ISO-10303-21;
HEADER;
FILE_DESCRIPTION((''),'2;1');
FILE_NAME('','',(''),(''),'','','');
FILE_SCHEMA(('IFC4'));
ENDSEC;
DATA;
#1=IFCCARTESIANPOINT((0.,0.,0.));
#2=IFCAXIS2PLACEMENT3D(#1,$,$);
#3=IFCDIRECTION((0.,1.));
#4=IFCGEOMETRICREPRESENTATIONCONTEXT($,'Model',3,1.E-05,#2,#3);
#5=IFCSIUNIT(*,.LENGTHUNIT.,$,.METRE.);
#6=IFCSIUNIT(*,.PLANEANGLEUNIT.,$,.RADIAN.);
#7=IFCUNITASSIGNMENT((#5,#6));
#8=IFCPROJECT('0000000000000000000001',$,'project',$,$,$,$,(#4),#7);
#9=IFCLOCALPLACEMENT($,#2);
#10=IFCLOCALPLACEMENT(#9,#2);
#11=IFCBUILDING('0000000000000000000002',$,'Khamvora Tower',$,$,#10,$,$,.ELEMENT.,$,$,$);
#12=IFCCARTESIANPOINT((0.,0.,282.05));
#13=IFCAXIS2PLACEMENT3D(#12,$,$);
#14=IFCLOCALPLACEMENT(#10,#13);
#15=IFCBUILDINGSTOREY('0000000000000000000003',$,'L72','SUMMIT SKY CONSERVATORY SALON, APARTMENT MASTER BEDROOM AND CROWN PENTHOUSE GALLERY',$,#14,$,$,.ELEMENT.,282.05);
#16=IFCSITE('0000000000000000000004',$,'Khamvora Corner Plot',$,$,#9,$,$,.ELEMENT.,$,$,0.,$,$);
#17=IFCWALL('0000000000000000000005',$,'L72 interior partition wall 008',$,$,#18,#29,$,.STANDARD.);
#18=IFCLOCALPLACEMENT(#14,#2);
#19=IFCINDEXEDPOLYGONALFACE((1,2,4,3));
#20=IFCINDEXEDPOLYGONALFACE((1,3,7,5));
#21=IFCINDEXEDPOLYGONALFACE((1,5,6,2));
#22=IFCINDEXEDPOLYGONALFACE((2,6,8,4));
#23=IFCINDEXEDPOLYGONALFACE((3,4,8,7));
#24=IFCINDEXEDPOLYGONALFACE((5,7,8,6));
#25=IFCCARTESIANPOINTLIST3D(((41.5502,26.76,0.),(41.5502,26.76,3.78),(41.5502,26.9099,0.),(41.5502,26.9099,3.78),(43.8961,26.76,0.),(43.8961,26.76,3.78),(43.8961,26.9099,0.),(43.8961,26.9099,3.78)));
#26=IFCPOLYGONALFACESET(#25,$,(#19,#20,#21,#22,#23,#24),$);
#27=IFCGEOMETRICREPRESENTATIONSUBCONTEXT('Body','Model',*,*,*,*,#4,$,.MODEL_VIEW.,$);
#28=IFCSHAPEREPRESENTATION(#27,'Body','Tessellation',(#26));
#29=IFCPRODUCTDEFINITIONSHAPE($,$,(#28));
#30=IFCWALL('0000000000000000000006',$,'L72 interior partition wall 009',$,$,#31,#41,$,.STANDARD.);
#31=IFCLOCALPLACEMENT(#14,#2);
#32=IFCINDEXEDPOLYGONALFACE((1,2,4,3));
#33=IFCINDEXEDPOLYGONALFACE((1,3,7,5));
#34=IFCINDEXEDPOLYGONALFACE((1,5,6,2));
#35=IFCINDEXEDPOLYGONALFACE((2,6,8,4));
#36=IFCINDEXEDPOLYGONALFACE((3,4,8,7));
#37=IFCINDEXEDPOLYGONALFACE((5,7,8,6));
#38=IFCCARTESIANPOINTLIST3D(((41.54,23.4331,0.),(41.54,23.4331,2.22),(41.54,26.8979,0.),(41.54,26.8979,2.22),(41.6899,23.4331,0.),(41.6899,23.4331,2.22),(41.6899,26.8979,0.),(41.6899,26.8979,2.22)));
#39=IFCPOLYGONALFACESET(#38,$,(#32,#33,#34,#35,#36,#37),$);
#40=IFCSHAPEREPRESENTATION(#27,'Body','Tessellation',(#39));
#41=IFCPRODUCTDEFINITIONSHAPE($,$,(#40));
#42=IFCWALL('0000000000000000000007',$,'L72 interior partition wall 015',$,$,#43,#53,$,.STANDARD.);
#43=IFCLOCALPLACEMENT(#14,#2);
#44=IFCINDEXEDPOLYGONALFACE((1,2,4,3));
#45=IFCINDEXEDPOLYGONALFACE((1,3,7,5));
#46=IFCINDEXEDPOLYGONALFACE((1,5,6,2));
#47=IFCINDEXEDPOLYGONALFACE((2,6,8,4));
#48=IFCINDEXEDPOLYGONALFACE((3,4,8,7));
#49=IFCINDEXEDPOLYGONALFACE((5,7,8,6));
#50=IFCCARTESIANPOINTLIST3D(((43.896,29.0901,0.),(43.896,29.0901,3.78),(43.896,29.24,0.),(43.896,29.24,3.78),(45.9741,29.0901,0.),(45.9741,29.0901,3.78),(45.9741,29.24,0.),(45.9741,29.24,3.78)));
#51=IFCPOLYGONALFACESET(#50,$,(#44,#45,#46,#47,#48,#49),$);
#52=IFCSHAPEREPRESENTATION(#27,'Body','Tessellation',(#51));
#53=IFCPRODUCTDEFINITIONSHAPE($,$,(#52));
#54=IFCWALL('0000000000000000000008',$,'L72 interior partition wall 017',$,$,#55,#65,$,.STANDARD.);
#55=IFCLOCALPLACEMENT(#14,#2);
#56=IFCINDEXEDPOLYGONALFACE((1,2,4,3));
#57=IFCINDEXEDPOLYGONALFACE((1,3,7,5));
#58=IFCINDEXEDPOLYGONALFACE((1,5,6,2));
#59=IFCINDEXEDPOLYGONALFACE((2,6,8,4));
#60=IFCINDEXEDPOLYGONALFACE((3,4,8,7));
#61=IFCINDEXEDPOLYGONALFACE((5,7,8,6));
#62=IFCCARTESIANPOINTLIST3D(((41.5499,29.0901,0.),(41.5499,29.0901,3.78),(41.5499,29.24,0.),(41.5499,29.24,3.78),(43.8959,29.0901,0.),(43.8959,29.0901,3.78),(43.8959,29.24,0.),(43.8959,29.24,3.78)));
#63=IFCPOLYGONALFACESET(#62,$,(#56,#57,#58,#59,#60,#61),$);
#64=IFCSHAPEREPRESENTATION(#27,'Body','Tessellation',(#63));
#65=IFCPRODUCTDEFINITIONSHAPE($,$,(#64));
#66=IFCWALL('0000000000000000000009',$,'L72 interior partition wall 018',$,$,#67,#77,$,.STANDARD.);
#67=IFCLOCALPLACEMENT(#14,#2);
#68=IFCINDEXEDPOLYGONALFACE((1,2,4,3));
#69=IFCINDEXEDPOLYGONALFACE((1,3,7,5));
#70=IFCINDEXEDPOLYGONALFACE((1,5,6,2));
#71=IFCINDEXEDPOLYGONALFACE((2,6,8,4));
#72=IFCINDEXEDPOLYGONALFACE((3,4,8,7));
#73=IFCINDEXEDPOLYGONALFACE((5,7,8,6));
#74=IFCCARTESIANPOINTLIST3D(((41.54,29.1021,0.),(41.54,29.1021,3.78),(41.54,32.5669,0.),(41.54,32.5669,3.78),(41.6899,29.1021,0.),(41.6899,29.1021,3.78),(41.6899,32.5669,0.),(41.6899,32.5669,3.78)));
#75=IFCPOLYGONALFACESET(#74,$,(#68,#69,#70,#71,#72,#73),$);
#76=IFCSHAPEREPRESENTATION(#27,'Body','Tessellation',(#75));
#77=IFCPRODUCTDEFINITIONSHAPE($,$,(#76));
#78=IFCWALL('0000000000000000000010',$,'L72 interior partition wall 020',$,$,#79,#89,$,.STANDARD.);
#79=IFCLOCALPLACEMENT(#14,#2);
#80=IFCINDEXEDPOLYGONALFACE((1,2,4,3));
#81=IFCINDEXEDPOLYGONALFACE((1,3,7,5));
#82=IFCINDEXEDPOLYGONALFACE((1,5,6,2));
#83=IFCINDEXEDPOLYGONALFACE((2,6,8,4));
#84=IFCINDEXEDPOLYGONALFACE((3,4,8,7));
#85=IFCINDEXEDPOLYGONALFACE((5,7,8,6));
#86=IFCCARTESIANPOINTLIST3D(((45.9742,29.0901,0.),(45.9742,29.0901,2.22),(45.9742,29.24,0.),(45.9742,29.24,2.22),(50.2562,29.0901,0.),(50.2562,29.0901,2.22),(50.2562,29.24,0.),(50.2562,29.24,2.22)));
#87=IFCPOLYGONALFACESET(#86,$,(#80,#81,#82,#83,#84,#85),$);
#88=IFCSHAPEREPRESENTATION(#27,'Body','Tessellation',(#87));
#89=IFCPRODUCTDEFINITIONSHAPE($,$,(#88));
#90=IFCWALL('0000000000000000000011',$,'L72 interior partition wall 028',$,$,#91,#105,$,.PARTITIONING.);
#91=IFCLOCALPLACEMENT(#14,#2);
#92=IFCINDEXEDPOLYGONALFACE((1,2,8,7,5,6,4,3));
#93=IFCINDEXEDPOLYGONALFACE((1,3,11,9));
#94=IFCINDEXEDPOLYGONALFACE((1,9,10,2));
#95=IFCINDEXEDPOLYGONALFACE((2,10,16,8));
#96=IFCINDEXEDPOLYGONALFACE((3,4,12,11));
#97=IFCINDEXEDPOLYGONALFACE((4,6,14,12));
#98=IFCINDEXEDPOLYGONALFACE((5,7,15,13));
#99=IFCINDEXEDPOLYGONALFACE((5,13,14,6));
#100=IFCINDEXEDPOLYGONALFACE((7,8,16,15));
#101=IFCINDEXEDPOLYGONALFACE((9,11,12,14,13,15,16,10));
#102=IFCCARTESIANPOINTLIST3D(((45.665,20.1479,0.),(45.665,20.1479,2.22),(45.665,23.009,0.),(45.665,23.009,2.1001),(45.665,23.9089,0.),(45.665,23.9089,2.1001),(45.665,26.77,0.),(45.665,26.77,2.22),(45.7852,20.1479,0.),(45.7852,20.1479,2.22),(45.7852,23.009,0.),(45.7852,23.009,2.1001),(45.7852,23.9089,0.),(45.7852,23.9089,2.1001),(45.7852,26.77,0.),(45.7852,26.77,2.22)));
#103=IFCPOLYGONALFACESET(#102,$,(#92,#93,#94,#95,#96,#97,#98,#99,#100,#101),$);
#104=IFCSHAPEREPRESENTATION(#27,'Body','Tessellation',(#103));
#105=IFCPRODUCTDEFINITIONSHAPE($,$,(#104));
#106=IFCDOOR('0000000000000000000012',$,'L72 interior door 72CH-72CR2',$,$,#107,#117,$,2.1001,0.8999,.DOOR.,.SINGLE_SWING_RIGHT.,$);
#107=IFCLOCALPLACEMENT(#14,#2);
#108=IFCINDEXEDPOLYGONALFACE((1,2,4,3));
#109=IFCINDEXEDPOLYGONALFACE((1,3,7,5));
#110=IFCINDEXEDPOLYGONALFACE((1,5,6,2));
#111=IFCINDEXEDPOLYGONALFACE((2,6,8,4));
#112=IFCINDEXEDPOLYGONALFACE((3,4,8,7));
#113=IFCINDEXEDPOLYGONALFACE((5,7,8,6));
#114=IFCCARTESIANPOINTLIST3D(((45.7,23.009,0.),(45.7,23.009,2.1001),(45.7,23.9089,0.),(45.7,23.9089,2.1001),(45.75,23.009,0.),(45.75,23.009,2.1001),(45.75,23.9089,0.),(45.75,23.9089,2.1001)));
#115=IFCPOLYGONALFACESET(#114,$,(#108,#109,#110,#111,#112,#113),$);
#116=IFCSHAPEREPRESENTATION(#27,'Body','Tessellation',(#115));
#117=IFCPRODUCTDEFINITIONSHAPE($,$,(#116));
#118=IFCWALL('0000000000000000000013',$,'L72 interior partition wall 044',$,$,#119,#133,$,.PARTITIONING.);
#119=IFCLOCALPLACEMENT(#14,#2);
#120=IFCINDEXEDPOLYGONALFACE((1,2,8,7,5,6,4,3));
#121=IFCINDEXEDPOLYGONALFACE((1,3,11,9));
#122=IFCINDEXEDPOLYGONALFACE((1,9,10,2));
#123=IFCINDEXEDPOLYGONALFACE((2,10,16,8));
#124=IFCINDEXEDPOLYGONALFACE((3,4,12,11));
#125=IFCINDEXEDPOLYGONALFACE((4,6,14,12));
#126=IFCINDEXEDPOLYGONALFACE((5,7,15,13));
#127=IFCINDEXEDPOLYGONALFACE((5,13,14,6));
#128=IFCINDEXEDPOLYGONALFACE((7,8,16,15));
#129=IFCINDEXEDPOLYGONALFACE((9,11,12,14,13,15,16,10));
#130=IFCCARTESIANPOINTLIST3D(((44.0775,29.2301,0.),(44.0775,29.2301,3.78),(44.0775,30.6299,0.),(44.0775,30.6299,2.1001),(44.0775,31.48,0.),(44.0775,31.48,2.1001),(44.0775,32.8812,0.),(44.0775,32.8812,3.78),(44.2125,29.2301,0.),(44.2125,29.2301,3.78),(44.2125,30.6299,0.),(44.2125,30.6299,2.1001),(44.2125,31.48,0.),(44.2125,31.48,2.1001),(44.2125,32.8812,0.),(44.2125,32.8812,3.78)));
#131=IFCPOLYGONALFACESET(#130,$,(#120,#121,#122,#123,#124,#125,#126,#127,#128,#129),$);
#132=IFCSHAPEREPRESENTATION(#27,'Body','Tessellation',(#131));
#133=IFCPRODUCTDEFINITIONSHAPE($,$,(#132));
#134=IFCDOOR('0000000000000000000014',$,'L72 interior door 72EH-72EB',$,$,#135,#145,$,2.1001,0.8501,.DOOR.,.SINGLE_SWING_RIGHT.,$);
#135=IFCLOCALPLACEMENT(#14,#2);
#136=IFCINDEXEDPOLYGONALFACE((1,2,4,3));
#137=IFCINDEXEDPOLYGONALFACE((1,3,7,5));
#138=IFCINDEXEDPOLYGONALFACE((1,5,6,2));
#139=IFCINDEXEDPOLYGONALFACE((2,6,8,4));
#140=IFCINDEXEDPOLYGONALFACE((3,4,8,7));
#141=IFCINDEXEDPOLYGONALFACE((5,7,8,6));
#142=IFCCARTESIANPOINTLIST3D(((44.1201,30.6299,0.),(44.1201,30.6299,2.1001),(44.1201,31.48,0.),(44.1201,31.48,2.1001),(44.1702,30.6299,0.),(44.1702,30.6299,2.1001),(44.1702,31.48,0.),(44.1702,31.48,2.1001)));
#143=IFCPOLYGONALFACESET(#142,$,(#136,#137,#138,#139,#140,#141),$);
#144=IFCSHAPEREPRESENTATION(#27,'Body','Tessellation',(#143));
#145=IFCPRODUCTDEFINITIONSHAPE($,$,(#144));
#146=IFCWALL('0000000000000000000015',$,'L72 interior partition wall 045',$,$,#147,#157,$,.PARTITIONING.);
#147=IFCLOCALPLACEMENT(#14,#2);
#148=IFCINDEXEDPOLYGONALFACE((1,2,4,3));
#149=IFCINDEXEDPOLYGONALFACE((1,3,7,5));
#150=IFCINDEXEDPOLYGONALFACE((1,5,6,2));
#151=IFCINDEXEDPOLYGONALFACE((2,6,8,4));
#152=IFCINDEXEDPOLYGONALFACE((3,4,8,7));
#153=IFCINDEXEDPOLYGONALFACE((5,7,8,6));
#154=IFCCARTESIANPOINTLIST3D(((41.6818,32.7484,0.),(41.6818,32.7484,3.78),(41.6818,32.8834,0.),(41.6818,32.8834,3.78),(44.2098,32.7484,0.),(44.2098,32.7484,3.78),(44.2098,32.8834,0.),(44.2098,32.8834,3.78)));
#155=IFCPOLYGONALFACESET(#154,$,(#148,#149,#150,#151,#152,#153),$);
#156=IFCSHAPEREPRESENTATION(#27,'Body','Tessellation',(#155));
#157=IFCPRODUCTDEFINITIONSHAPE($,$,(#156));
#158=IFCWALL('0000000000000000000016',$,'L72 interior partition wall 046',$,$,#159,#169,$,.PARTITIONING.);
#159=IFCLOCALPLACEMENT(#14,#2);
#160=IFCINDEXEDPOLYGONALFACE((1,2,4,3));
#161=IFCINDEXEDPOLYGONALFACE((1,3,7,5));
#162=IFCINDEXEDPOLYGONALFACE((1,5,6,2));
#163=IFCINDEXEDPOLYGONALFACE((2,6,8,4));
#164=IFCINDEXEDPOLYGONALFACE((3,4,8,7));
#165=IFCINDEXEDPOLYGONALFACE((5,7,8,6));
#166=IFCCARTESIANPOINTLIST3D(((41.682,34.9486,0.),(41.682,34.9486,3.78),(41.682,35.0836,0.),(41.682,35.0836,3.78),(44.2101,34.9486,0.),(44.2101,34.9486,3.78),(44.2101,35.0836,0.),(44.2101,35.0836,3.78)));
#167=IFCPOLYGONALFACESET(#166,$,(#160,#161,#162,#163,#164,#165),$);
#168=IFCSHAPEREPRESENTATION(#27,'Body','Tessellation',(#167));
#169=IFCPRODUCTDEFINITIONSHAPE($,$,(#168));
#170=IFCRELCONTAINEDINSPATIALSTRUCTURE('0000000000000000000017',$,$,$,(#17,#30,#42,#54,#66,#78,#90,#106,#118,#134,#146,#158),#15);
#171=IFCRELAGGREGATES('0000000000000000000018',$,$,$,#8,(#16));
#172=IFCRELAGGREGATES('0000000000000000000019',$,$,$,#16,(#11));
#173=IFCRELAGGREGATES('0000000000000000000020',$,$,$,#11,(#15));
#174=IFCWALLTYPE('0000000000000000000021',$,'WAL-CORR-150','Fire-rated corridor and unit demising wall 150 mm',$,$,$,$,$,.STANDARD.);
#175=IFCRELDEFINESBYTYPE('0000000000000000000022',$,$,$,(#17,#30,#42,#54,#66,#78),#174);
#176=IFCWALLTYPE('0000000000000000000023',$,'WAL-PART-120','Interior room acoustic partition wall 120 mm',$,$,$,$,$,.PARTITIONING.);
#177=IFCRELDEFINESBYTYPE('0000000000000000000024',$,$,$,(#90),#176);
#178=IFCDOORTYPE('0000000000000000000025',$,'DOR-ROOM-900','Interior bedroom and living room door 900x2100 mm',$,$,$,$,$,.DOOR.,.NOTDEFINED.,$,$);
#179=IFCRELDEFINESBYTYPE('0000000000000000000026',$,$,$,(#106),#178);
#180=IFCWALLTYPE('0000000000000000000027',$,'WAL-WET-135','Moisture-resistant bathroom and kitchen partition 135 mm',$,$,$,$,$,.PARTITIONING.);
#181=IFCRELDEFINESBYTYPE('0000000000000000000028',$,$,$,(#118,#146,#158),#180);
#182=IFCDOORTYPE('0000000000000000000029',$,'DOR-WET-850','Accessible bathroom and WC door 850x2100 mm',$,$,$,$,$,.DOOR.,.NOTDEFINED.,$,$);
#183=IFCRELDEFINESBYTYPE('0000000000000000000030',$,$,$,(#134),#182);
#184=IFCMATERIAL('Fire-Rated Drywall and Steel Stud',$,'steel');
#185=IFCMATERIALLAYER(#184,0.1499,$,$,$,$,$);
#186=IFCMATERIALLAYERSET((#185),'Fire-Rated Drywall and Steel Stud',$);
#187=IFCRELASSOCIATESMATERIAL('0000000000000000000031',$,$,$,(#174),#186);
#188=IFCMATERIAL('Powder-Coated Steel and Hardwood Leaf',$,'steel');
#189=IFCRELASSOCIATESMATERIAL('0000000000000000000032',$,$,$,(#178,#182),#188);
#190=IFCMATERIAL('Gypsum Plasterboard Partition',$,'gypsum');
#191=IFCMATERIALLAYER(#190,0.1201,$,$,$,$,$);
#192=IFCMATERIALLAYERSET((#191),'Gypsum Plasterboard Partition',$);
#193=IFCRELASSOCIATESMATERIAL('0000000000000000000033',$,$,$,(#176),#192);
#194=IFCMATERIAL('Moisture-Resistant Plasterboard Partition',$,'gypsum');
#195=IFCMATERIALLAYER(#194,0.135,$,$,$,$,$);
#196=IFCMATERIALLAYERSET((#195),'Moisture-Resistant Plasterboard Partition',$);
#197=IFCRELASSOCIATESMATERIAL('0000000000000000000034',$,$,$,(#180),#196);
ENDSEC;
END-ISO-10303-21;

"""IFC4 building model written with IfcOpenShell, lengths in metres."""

from ifc_helpers import new_model, si_unit, direction, frame, frame_2d, origin, place, context, subcontext, project, spatial, rectangle, extrude, material, layer, layer_set, type_object, element, fill, save


model = new_model("IFC4")

# Units and contexts
model_context = context("Model", 3, precision=1e-05, world=origin(), true_north=direction((0.0, 1.0)))
body_context = subcontext(model_context, "Body", "Model", "MODEL_VIEW")
ifc_project = project(units=[si_unit("LENGTHUNIT", "METRE"), si_unit("PLANEANGLEUNIT", "RADIAN")], contexts=[model_context])

# Site, building, storey
site_placement = place(None, origin())
site = spatial("IfcSite", under=ifc_project, at=site_placement, Name="Khamvora Corner Plot", CompositionType="ELEMENT", RefElevation=0.0)
building_placement = place(site_placement, origin())
building = spatial("IfcBuilding", under=site, at=building_placement, Name="Khamvora Tower", CompositionType="ELEMENT")
storey_placement = place(building_placement, frame((0.0, 0.0, 282.05)))
storey = spatial("IfcBuildingStorey", under=building, at=storey_placement, Name="L72", Description="SUMMIT SKY CONSERVATORY SALON, APARTMENT MASTER BEDROOM AND CROWN PENTHOUSE GALLERY", CompositionType="ELEMENT", Elevation=282.05)

# Shared definitions
ifc_material_1 = material(Name="Fire-Rated Drywall and Steel Stud", Category="steel")
ifc_layer_1 = layer(ifc_material_1, 0.1499)
ifc_layer_set_1 = layer_set([ifc_layer_1], Name="Fire-Rated Drywall and Steel Stud")
wall_type_1 = type_object("IfcWallType", Name="WAL-CORR-150", Description="Fire-rated corridor and unit demising wall 150 mm", PredefinedType="STANDARD", material=ifc_layer_set_1)
ifc_material_2 = material(Name="Powder-Coated Steel and Hardwood Leaf", Category="steel")
door_type_1 = type_object("IfcDoorType", Name="DOR-ROOM-900", Description="Interior bedroom and living room door 900x2100 mm", OperationType="NOTDEFINED", PredefinedType="DOOR", material=ifc_material_2)

# Walls
wall_1_placement = place(storey_placement, frame((43.896, 26.835, 0.0), z_axis=(0.0, 0.0, 1.0), x_axis=(-1.0, 0.0, 0.0)))
element("IfcWall", 1, at=wall_1_placement, inside=storey, type_object=wall_type_1, Name="L72 interior partition wall 008", PredefinedType="STANDARD", context=body_context, shape_type="SweptSolid", body=[
    extrude(rectangle(XDim=2.3459, YDim=0.1499, at=frame_2d((1.1729, 0.0))), origin(), (0.0, 0.0, 1.0), 3.78),
])
wall_2_placement = place(storey_placement, frame((41.615, 26.8979, 0.0), z_axis=(0.0, 0.0, 1.0), x_axis=(0.0, -1.0, 0.0)))
element("IfcWall", 2, at=wall_2_placement, inside=storey, type_object=wall_type_1, Name="L72 interior partition wall 009", PredefinedType="STANDARD", context=body_context, shape_type="SweptSolid", body=[
    extrude(rectangle(XDim=3.4648, YDim=0.1499, at=frame_2d((1.7324, 0.0))), origin(), (0.0, 0.0, 1.0), 2.22),
])
wall_3_placement = place(storey_placement, frame((43.896, 29.165, 0.0), z_axis=(0.0, 0.0, 1.0), x_axis=(1.0, 0.0, 0.0)))
element("IfcWall", 3, at=wall_3_placement, inside=storey, type_object=wall_type_1, Name="L72 interior partition wall 015", PredefinedType="STANDARD", context=body_context, shape_type="SweptSolid", body=[
    extrude(rectangle(XDim=2.0781, YDim=0.1499, at=frame_2d((1.0391, 0.0))), origin(), (0.0, 0.0, 1.0), 3.78),
])

# Walls
wall_4_placement = place(storey_placement, frame((41.55, 29.165, 0.0), z_axis=(0.0, 0.0, 1.0), x_axis=(1.0, 0.0, 0.0)))
element("IfcWall", 4, at=wall_4_placement, inside=storey, type_object=wall_type_1, Name="L72 interior partition wall 017", PredefinedType="STANDARD", context=body_context, shape_type="SweptSolid", body=[
    extrude(rectangle(XDim=2.3459, YDim=0.1499, at=frame_2d((1.1729, 0.0))), origin(), (0.0, 0.0, 1.0), 3.78),
])
wall_5_placement = place(storey_placement, frame((41.615, 32.5669, 0.0), z_axis=(0.0, 0.0, 1.0), x_axis=(0.0, -1.0, 0.0)))
element("IfcWall", 5, at=wall_5_placement, inside=storey, type_object=wall_type_1, Name="L72 interior partition wall 018", PredefinedType="STANDARD", context=body_context, shape_type="SweptSolid", body=[
    extrude(rectangle(XDim=3.4648, YDim=0.1499, at=frame_2d((1.7324, 0.0))), origin(), (0.0, 0.0, 1.0), 3.78),
])
wall_6_placement = place(storey_placement, frame((45.9741, 29.165, 0.0), z_axis=(0.0, 0.0, 1.0), x_axis=(1.0, 0.0, 0.0)))
element("IfcWall", 6, at=wall_6_placement, inside=storey, type_object=wall_type_1, Name="L72 interior partition wall 020", PredefinedType="STANDARD", context=body_context, shape_type="SweptSolid", body=[
    extrude(rectangle(XDim=4.282, YDim=0.1499, at=frame_2d((2.1411, 0.0))), origin(), (0.0, 0.0, 1.0), 2.22),
])

# Walls, openings, doors
ifc_material_3 = material(Name="Gypsum Plasterboard Partition", Category="gypsum")
ifc_layer_2 = layer(ifc_material_3, 0.1201)
ifc_layer_set_2 = layer_set([ifc_layer_2], Name="Gypsum Plasterboard Partition")
wall_type_2 = type_object("IfcWallType", Name="WAL-PART-120", Description="Interior room acoustic partition wall 120 mm", PredefinedType="PARTITIONING", material=ifc_layer_set_2)
wall_7_placement = place(storey_placement, frame((45.7251, 26.77, 0.0), z_axis=(0.0, 0.0, 1.0), x_axis=(0.0, -1.0, 0.0)))
wall_7 = element("IfcWall", 7, at=wall_7_placement, inside=storey, type_object=wall_type_2, Name="L72 interior partition wall 028", PredefinedType="PARTITIONING", context=body_context, shape_type="SweptSolid", body=[
    extrude(rectangle(XDim=6.6221, YDim=0.1201, at=frame_2d((3.311, 0.0))), origin(), (0.0, 0.0, 1.0), 2.22),
])
opening_1_placement = place(wall_7_placement, frame((2.8611, 0.0, 0.0)))
opening_1 = element("IfcOpeningElement", 8, at=opening_1_placement, cuts=wall_7, PredefinedType="OPENING", context=body_context, shape_type="SweptSolid", body=[
    extrude(rectangle(XDim=0.8999, YDim=2.1001, at=frame_2d((0.45, 1.05))), frame((0.0, 0.0701, 0.0), z_axis=(0.0, -1.0, 0.0), x_axis=(1.0, 0.0, 0.0)), (0.0, 0.0, 1.0), 0.1401),
])
door_1_placement = place(opening_1_placement, origin())
door_1 = element("IfcDoor", 9, at=door_1_placement, inside=storey, type_object=door_type_1, Name="L72 interior door 72CH-72CR2", OperationType="SINGLE_SWING_RIGHT", OverallHeight=2.1001, OverallWidth=0.8999, PredefinedType="DOOR", context=body_context, shape_type="SweptSolid", body=[
    extrude(rectangle(XDim=0.8999, YDim=2.1001, at=frame_2d((0.45, 1.05))), frame((0.0, 0.0249, 0.0), z_axis=(0.0, -1.0, 0.0), x_axis=(1.0, 0.0, 0.0)), (0.0, 0.0, 1.0), 0.05),
])
fill(opening_1, door_1)
ifc_material_4 = material(Name="Moisture-Resistant Plasterboard Partition", Category="gypsum")
ifc_layer_3 = layer(ifc_material_4, 0.135)
ifc_layer_set_3 = layer_set([ifc_layer_3], Name="Moisture-Resistant Plasterboard Partition")
wall_type_3 = type_object("IfcWallType", Name="WAL-WET-135", Description="Moisture-resistant bathroom and kitchen partition 135 mm", PredefinedType="PARTITIONING", material=ifc_layer_set_3)
wall_8_placement = place(storey_placement, frame((44.145, 29.23, 0.0), z_axis=(0.0, 0.0, 1.0), x_axis=(0.0, 1.0, 0.0)))
wall_8 = element("IfcWall", 10, at=wall_8_placement, inside=storey, type_object=wall_type_3, Name="L72 interior partition wall 044", PredefinedType="PARTITIONING", context=body_context, shape_type="SweptSolid", body=[
    extrude(rectangle(XDim=3.6511, YDim=0.135, at=frame_2d((1.8257, 0.0))), origin(), (0.0, 0.0, 1.0), 3.78),
])
opening_2_placement = place(wall_8_placement, frame((1.3999, 0.0, 0.0)))
opening_2 = element("IfcOpeningElement", 11, at=opening_2_placement, cuts=wall_8, PredefinedType="OPENING", context=body_context, shape_type="SweptSolid", body=[
    extrude(rectangle(XDim=0.8501, YDim=2.1001, at=frame_2d((0.425, 1.05))), frame((0.0, 0.0774, 0.0), z_axis=(0.0, -1.0, 0.0), x_axis=(1.0, 0.0, 0.0)), (0.0, 0.0, 1.0), 0.155),
])
door_type_2 = type_object("IfcDoorType", Name="DOR-WET-850", Description="Accessible bathroom and WC door 850x2100 mm", OperationType="NOTDEFINED", PredefinedType="DOOR", material=ifc_material_2)
door_2_placement = place(opening_2_placement, origin())
door_2 = element("IfcDoor", 12, at=door_2_placement, inside=storey, type_object=door_type_2, Name="L72 interior door 72EH-72EB", OperationType="SINGLE_SWING_RIGHT", OverallHeight=2.1001, OverallWidth=0.8501, PredefinedType="DOOR", context=body_context, shape_type="SweptSolid", body=[
    extrude(rectangle(XDim=0.8501, YDim=2.1001, at=frame_2d((0.425, 1.05))), frame((0.0, 0.0249, 0.0), z_axis=(0.0, -1.0, 0.0), x_axis=(1.0, 0.0, 0.0)), (0.0, 0.0, 1.0), 0.05),
])
fill(opening_2, door_2)

# Walls
for number, where, z_axis, x_axis, name in (
    (13, (44.21, 32.8159, 0.0), (0.0, 0.0, 1.0), (-1.0, 0.0, 0.0), "L72 interior partition wall 045"),
    (14, (41.6819, 35.0161, 0.0), (0.0, 0.0, 1.0), (1.0, 0.0, 0.0), "L72 interior partition wall 046"),
):
    element("IfcWall", number, at=place(storey_placement, frame(where, z_axis=z_axis, x_axis=x_axis)), inside=storey, type_object=wall_type_3, Name=name, PredefinedType="PARTITIONING", context=body_context, shape_type="SweptSolid", body=[
        extrude(rectangle(XDim=2.5281, YDim=0.135, at=frame_2d((1.2642, 0.0))), origin(), (0.0, 0.0, 1.0), 3.78),
    ])

save(model, "model.ifc")
